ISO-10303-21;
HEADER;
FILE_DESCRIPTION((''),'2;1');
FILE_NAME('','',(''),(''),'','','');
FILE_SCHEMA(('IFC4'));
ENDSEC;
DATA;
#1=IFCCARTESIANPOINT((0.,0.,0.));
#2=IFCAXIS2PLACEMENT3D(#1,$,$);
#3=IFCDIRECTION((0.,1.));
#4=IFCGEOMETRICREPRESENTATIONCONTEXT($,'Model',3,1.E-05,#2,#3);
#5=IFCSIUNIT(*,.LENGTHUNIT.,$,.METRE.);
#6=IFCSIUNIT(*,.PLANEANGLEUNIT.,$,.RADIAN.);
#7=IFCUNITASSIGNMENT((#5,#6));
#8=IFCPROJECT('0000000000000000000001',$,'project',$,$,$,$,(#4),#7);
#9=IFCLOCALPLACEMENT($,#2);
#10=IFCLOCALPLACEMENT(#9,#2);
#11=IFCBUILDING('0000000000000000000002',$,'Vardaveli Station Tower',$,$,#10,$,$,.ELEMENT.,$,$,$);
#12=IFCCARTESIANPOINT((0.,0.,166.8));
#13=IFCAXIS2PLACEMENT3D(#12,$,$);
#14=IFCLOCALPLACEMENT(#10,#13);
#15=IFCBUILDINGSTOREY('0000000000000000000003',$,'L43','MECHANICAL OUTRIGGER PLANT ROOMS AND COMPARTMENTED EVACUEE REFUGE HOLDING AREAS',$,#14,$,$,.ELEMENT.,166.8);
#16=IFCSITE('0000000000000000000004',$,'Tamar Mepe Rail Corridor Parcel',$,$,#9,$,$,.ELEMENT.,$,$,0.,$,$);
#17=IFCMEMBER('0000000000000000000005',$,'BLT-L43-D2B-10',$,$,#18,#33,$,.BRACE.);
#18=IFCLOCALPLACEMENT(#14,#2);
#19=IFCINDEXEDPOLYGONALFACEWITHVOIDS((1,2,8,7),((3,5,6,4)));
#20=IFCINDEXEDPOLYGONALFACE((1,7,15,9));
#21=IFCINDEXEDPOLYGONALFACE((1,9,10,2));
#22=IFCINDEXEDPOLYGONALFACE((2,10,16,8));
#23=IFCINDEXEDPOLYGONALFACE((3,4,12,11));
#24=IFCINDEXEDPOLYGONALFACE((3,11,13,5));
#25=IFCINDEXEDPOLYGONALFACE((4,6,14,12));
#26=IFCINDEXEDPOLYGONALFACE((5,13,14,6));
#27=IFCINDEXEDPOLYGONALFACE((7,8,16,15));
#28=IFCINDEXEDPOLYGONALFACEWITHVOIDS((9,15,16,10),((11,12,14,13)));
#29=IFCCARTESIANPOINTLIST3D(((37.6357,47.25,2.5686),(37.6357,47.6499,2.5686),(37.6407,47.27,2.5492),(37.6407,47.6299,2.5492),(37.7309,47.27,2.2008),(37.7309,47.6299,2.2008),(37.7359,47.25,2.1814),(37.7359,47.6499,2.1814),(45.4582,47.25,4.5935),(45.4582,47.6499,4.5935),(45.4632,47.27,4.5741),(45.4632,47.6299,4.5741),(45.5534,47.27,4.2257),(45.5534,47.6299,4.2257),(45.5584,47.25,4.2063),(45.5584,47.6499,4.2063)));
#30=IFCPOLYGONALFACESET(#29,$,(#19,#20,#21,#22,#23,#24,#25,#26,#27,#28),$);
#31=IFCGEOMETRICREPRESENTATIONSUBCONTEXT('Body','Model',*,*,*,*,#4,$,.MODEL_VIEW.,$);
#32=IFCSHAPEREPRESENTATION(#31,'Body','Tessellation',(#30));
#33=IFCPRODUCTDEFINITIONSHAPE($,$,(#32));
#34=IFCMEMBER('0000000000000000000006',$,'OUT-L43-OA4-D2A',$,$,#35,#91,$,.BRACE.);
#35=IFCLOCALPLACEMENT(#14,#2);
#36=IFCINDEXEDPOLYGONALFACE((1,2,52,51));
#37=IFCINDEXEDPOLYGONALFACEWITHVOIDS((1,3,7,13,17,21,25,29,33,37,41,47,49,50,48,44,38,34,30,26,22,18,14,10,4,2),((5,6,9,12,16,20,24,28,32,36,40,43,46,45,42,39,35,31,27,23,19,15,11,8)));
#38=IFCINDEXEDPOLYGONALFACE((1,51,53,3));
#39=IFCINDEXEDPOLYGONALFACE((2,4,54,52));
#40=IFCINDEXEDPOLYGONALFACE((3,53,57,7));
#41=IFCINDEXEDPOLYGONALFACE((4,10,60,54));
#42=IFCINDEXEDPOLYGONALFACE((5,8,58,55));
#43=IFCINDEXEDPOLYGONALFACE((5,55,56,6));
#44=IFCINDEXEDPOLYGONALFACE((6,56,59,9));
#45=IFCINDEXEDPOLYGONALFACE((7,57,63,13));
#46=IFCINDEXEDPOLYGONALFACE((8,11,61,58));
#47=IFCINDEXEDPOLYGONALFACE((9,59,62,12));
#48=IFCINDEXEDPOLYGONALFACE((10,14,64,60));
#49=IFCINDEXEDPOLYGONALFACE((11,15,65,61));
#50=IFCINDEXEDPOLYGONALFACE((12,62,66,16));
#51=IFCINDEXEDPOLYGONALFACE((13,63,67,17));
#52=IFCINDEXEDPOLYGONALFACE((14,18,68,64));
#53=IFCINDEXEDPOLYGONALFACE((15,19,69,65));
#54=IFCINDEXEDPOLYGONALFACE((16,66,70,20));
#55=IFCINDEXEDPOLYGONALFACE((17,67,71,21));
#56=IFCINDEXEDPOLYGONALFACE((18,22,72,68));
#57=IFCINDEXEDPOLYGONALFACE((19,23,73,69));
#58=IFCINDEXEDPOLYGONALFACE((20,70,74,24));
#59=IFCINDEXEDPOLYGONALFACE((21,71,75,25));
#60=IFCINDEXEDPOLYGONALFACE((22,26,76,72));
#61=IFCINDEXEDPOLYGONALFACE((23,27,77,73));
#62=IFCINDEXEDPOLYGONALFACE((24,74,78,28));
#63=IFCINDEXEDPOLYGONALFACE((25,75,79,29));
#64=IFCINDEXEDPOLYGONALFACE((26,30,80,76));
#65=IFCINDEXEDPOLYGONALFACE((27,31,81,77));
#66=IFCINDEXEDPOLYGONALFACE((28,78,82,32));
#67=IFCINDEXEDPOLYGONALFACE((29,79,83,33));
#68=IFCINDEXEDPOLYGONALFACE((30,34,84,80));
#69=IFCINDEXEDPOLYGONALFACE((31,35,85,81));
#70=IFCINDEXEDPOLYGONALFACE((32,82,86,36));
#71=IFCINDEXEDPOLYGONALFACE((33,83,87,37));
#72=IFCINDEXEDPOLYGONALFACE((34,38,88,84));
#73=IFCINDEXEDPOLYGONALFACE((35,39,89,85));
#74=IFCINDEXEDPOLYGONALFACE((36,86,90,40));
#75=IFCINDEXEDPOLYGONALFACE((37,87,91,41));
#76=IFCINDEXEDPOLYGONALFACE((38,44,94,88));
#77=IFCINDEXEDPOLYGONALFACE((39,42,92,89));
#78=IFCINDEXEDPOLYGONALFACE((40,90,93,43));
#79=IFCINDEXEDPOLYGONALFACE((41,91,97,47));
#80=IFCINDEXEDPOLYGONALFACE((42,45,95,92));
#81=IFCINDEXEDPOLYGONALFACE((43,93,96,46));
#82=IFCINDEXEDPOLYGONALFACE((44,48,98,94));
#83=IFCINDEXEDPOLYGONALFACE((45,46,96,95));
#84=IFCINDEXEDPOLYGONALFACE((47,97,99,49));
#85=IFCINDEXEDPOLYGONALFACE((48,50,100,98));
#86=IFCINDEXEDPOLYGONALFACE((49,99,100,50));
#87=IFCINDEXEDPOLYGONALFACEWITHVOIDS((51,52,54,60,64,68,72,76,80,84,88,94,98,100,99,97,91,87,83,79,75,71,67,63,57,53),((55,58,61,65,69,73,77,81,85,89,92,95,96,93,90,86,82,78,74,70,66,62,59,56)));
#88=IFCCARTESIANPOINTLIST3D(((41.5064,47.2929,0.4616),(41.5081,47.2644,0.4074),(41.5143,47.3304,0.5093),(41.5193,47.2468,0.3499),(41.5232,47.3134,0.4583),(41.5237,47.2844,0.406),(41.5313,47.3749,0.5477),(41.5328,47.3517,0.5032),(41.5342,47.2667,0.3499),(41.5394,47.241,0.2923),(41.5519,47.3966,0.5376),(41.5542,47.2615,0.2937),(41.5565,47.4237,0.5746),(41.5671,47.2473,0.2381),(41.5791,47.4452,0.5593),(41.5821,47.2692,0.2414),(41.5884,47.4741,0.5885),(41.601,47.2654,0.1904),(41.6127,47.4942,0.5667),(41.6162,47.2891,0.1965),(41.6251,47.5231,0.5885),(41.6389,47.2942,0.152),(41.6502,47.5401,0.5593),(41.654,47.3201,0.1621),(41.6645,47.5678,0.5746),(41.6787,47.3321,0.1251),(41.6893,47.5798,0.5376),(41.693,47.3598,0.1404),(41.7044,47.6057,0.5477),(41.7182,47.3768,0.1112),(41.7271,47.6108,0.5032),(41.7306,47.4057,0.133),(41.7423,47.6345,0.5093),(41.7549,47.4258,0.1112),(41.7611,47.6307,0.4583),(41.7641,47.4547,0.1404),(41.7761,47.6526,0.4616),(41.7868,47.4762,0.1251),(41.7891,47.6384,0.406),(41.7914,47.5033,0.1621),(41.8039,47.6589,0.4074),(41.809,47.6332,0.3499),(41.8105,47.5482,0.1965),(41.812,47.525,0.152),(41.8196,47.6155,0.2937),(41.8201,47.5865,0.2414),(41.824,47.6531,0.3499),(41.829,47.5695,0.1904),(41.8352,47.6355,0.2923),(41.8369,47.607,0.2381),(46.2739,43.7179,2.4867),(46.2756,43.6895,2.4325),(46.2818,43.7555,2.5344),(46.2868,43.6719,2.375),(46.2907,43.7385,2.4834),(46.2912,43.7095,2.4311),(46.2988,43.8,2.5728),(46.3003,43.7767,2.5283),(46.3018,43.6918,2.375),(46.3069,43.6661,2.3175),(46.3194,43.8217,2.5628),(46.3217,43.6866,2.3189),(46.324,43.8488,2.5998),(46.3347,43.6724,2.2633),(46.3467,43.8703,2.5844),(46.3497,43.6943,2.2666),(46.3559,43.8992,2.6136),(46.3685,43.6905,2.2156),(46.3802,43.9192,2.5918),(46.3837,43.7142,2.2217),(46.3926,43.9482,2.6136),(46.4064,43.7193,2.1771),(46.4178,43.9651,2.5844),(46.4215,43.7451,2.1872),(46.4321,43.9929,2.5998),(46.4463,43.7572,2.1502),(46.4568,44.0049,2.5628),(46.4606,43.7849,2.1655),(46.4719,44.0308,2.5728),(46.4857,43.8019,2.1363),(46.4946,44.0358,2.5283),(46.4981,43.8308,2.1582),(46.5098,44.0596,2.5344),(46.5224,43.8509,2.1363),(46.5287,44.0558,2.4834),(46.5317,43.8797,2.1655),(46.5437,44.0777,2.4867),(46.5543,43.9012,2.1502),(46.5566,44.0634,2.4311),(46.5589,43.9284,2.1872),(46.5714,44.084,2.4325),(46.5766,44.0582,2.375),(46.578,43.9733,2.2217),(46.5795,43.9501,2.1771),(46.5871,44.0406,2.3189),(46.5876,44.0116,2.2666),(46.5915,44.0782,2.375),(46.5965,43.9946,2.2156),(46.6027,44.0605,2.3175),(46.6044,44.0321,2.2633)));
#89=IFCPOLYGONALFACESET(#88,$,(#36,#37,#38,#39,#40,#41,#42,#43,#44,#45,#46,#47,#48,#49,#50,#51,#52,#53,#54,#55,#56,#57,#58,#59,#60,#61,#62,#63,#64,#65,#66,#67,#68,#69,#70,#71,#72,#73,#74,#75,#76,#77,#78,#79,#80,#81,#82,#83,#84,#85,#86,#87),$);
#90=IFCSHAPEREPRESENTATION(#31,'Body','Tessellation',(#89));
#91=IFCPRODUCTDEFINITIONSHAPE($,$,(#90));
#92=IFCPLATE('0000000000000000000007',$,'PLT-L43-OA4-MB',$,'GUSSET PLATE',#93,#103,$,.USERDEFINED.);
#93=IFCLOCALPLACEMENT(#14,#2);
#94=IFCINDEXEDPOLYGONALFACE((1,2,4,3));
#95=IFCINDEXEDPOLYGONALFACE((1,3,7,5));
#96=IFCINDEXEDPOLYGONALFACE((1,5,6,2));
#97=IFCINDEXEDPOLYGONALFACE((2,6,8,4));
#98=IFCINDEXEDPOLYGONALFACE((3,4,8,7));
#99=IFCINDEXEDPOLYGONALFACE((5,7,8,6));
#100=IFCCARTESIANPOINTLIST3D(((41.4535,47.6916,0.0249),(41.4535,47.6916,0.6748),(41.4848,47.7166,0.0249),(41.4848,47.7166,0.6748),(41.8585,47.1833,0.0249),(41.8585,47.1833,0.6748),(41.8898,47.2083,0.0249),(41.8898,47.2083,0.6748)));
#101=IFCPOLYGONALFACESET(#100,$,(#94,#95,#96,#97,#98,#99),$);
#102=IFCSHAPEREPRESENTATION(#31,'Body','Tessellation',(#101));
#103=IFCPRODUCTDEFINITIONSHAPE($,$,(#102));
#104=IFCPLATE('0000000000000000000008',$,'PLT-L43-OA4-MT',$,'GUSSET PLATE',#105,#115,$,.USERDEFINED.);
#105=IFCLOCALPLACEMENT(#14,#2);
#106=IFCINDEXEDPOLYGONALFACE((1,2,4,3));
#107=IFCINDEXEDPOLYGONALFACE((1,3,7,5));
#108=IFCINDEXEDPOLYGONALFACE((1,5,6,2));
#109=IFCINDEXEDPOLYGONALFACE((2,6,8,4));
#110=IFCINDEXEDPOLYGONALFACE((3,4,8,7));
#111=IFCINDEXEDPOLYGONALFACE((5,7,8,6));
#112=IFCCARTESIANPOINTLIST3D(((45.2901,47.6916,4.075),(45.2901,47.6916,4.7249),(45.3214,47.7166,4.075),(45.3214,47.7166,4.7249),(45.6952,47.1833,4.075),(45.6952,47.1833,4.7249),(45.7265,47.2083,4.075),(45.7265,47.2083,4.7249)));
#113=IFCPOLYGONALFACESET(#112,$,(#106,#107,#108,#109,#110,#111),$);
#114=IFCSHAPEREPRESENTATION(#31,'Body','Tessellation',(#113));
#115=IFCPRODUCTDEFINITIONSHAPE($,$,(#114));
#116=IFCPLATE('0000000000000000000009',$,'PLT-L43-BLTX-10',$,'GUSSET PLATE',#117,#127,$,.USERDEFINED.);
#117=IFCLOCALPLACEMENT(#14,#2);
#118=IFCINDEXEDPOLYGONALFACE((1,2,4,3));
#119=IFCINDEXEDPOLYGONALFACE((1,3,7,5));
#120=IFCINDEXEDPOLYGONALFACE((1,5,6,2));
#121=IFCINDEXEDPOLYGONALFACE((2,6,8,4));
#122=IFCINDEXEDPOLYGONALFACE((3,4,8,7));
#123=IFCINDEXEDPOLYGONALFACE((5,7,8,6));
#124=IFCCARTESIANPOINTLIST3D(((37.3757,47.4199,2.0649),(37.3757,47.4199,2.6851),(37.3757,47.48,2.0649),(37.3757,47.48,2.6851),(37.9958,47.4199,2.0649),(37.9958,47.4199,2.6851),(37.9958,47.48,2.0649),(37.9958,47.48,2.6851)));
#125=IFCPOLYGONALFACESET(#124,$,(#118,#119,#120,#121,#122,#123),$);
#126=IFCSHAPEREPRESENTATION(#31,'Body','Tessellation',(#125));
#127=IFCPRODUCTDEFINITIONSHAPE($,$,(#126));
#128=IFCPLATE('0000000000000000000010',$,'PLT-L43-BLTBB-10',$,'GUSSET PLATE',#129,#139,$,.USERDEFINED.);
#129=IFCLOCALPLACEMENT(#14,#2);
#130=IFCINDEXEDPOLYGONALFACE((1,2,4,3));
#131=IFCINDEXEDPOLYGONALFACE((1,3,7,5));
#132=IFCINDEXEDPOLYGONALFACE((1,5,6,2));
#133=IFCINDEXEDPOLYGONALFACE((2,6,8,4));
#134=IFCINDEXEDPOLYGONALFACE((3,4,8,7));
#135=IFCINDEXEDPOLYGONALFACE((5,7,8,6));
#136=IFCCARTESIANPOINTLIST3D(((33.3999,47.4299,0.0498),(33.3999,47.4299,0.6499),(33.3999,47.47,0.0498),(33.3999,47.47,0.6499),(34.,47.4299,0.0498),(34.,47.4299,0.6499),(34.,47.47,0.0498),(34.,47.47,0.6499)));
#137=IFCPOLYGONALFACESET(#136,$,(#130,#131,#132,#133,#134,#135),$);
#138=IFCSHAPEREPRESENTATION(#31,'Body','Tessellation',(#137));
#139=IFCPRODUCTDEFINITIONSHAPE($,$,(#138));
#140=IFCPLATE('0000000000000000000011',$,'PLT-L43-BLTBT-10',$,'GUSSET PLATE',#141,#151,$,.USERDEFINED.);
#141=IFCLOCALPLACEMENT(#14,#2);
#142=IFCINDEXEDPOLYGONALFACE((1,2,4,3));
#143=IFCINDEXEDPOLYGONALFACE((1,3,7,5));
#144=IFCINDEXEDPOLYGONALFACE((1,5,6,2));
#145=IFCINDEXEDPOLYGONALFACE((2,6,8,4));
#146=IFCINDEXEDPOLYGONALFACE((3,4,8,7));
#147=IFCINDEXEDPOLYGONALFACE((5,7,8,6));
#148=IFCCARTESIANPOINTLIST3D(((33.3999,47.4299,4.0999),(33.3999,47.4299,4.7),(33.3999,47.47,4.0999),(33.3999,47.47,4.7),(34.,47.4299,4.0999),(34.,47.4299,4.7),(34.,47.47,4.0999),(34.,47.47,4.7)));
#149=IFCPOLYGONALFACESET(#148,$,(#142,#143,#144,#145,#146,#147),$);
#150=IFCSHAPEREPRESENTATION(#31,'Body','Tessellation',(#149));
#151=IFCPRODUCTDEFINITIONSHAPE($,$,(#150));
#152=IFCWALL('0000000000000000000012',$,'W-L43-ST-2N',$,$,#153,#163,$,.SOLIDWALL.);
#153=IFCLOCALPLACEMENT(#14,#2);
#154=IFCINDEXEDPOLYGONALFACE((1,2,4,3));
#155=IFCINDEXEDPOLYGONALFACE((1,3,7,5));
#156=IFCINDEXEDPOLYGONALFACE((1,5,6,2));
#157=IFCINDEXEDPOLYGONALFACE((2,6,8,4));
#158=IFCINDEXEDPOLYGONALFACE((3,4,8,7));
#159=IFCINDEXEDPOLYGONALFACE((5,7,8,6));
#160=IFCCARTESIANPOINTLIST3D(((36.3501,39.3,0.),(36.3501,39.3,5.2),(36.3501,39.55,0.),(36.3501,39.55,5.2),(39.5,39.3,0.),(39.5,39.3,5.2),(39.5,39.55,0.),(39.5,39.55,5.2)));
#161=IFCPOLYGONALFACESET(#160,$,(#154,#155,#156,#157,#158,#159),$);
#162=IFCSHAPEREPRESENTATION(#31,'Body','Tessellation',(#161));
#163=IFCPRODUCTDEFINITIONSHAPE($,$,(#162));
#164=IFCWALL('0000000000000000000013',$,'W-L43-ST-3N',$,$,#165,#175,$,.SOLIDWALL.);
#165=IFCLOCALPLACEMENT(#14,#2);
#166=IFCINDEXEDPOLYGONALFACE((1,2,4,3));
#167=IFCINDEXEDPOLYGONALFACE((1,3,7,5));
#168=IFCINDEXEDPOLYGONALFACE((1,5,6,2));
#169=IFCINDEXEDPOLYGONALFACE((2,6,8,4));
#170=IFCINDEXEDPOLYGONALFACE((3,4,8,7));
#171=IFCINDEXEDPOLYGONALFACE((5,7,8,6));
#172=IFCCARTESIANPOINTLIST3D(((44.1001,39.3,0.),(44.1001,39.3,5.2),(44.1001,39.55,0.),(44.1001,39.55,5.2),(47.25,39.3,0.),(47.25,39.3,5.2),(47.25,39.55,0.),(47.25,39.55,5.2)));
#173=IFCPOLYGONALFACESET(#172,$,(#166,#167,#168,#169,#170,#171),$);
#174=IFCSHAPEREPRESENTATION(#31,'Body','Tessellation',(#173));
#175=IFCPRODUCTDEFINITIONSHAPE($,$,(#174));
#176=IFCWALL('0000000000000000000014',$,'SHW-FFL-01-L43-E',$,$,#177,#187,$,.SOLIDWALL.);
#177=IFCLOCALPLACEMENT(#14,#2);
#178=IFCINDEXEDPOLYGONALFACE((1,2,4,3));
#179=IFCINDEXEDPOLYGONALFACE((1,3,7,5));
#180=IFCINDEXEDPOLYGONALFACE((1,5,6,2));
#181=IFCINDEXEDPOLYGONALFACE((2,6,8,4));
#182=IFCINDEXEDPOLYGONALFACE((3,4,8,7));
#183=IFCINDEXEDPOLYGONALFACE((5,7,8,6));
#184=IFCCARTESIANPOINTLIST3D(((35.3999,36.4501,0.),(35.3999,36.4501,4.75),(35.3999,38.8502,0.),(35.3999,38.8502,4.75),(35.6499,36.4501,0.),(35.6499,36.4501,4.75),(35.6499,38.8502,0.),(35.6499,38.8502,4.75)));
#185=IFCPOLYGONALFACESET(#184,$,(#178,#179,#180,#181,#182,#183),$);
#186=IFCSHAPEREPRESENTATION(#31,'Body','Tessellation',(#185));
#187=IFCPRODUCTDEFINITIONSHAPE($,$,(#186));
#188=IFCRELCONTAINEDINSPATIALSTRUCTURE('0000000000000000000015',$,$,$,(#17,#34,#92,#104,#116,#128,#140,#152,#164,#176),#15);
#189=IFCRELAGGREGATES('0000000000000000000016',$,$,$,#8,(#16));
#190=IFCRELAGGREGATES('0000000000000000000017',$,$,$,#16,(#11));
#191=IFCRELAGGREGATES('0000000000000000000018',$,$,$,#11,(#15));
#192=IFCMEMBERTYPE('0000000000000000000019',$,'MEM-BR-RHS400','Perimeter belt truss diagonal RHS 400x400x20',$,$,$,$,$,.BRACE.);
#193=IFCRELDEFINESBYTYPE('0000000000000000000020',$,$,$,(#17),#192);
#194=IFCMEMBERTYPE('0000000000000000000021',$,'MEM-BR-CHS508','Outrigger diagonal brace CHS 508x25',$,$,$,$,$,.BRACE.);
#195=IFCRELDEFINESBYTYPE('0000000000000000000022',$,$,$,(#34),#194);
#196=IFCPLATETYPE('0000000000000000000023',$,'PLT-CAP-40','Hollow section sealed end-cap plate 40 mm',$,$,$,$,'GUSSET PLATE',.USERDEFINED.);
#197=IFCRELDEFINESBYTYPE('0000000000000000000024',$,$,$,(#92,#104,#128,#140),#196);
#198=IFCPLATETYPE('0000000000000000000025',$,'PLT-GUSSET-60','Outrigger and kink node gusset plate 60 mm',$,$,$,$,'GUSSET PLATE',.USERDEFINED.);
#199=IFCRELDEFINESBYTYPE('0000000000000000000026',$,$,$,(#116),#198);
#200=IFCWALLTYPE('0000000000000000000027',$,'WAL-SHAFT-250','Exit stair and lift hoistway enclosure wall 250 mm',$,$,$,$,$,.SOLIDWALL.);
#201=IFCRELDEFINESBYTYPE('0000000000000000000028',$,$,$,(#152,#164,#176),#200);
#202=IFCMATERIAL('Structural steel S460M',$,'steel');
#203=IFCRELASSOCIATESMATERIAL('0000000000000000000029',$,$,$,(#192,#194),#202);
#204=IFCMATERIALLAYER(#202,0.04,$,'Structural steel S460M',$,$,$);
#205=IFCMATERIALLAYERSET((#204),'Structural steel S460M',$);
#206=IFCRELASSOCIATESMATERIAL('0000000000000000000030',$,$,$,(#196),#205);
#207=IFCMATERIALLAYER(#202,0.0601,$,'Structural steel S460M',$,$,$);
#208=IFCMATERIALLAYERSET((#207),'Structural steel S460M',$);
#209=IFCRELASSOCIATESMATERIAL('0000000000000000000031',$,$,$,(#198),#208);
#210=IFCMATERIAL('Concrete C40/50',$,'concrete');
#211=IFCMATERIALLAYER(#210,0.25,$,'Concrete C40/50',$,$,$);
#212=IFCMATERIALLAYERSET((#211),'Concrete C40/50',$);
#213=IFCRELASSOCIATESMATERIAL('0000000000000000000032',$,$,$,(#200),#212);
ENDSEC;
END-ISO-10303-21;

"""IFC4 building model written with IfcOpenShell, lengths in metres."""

from ifc_helpers import new_model, si_unit, direction, frame, frame_2d, origin, origin_2d, place, context, subcontext, project, spatial, rectangle, hollow_rectangle, hollow_circle, extrude, source, transform, mapped, material, layer, layer_set, material_profile, profile_set, type_object, element, save


model = new_model("IFC4")

# Units and contexts
model_context = context("Model", 3, precision=1e-05, world=origin(), true_north=direction((0.0, 1.0)))
body_context = subcontext(model_context, "Body", "Model", "MODEL_VIEW")
ifc_project = project(units=[si_unit("LENGTHUNIT", "METRE"), si_unit("PLANEANGLEUNIT", "RADIAN")], contexts=[model_context])

# Site, building, storey
site_placement = place(None, origin())
site = spatial("IfcSite", under=ifc_project, at=site_placement, Name="Tamar Mepe Rail Corridor Parcel", CompositionType="ELEMENT", RefElevation=0.0)
building_placement = place(site_placement, origin())
building = spatial("IfcBuilding", under=site, at=building_placement, Name="Vardaveli Station Tower", CompositionType="ELEMENT")
storey_placement = place(building_placement, frame((0.0, 0.0, 166.8)))
storey = spatial("IfcBuildingStorey", under=building, at=storey_placement, Name="L43", Description="MECHANICAL OUTRIGGER PLANT ROOMS AND COMPARTMENTED EVACUEE REFUGE HOLDING AREAS", CompositionType="ELEMENT", Elevation=166.8)

# Shared definitions
ifc_material_1 = material(Name="Structural steel S460M", Category="steel")

# Members
ifc_material_profile_1 = material_profile(ifc_material_1, hollow_rectangle(XDim=0.3999, YDim=0.3999, WallThickness=0.02, at=origin_2d()), Name="RHS 400x400x20")
ifc_profile_set_1 = profile_set([ifc_material_profile_1], Name="Structural steel S460M")
member_type_1 = type_object("IfcMemberType", Name="MEM-BR-RHS400", Description="Perimeter belt truss diagonal RHS 400x400x20", PredefinedType="BRACE", material=ifc_profile_set_1)
shared_shape_1 = source(origin(), body_context, "Body", "SweptSolid", [
    extrude(hollow_rectangle(XDim=0.3999, YDim=0.3999, WallThickness=0.02, at=origin_2d()), origin(), (0.0, 0.0, 1.0), 8.0803),
])
member_1_placement = place(storey_placement, frame((37.6858, 47.45, 2.375), z_axis=(0.968092, 0.0, 0.250596), x_axis=(0.0, 1.0, 0.0)))
element("IfcMember", 1, at=member_1_placement, inside=storey, type_object=member_type_1, Name="BLT-L43-D2B-10", PredefinedType="BRACE", context=body_context, shape_type="MappedRepresentation", body=[
    mapped(shared_shape_1, transform((0.0, 0.0, 0.0), scale=1.0)),
])
ifc_material_profile_2 = material_profile(ifc_material_1, hollow_circle(Radius=0.2539, WallThickness=0.0249, at=origin_2d()), Name="CHS 508x25")
ifc_profile_set_2 = profile_set([ifc_material_profile_2], Name="Structural steel S460M")
member_type_2 = type_object("IfcMemberType", Name="MEM-BR-CHS508", Description="Outrigger diagonal brace CHS 508x25", PredefinedType="BRACE", material=ifc_profile_set_2)
shared_shape_2 = source(origin(), body_context, "Body", "SweptSolid", [
    extrude(hollow_circle(Radius=0.2539, WallThickness=0.0249, at=origin_2d()), origin(), (0.0, 0.0, 1.0), 6.2937),
])
member_2_placement = place(storey_placement, frame((41.6716, 47.45, 0.3499), z_axis=(0.75751, -0.568016, 0.321771), x_axis=(0.599921, 0.800059, 0.0)))
element("IfcMember", 2, at=member_2_placement, inside=storey, type_object=member_type_2, Name="OUT-L43-OA4-D2A", PredefinedType="BRACE", context=body_context, shape_type="MappedRepresentation", body=[
    mapped(shared_shape_2, transform((0.0, 0.0, 0.0), scale=1.0)),
])

# Plates
ifc_layer_1 = layer(ifc_material_1, 0.04, Name="Structural steel S460M")
ifc_layer_set_1 = layer_set([ifc_layer_1], Name="Structural steel S460M")
plate_type_1 = type_object("IfcPlateType", Name="PLT-CAP-40", Description="Hollow section sealed end-cap plate 40 mm", ElementType="GUSSET PLATE", PredefinedType="USERDEFINED", material=ifc_layer_set_1)
shared_shape_3 = source(origin(), body_context, "Body", "SweptSolid", [
    extrude(rectangle(XDim=0.6499, YDim=0.04, at=origin_2d()), origin(), (0.0, 0.0, 1.0), 0.6499),
])
for number, where, z_axis, x_axis, name in (
    (3, (41.6716, 47.45, 0.0249), (0.0, 0.0, 1.0), (-0.623197, 0.782065, 0.0), "PLT-L43-OA4-MB"),
    (4, (45.5083, 47.45, 4.075), (0.0, 0.0, 1.0), (-0.623197, 0.782065, 0.0), "PLT-L43-OA4-MT"),
):
    element("IfcPlate", number, at=place(storey_placement, frame(where, z_axis=z_axis, x_axis=x_axis)), inside=storey, type_object=plate_type_1, Name=name, ObjectType="GUSSET PLATE", PredefinedType="USERDEFINED", context=body_context, shape_type="MappedRepresentation", body=[
        mapped(shared_shape_3, transform((0.0, 0.0, 0.0), scale=1.0)),
    ])
ifc_layer_2 = layer(ifc_material_1, 0.0601, Name="Structural steel S460M")
ifc_layer_set_2 = layer_set([ifc_layer_2], Name="Structural steel S460M")
plate_type_2 = type_object("IfcPlateType", Name="PLT-GUSSET-60", Description="Outrigger and kink node gusset plate 60 mm", ElementType="GUSSET PLATE", PredefinedType="USERDEFINED", material=ifc_layer_set_2)
shared_shape_4 = source(origin(), body_context, "Body", "SweptSolid", [
    extrude(rectangle(XDim=0.6201, YDim=0.0601, at=origin_2d()), origin(), (0.0, 0.0, 1.0), 0.6201),
])
plate_placement = place(storey_placement, frame((37.6858, 47.45, 2.0649), z_axis=(0.0, 0.0, 1.0), x_axis=(-1.0, 0.0, 0.0)))
element("IfcPlate", 5, at=plate_placement, inside=storey, type_object=plate_type_2, Name="PLT-L43-BLTX-10", ObjectType="GUSSET PLATE", PredefinedType="USERDEFINED", context=body_context, shape_type="MappedRepresentation", body=[
    mapped(shared_shape_4, transform((0.0, 0.0, 0.0), scale=1.0)),
])
shared_shape_5 = source(origin(), body_context, "Body", "SweptSolid", [
    extrude(rectangle(XDim=0.6001, YDim=0.04, at=origin_2d()), origin(), (0.0, 0.0, 1.0), 0.6001),
])
for number, where, z_axis, x_axis, name in (
    (6, (33.7, 47.45, 0.0498), (0.0, 0.0, 1.0), (-1.0, 0.0, 0.0), "PLT-L43-BLTBB-10"),
    (7, (33.7, 47.45, 4.0999), (0.0, 0.0, 1.0), (-1.0, 0.0, 0.0), "PLT-L43-BLTBT-10"),
):
    element("IfcPlate", number, at=place(storey_placement, frame(where, z_axis=z_axis, x_axis=x_axis)), inside=storey, type_object=plate_type_1, Name=name, ObjectType="GUSSET PLATE", PredefinedType="USERDEFINED", context=body_context, shape_type="MappedRepresentation", body=[
        mapped(shared_shape_5, transform((0.0, 0.0, 0.0), scale=1.0)),
    ])

# Walls
ifc_material_2 = material(Name="Concrete C40/50", Category="concrete")
ifc_layer_3 = layer(ifc_material_2, 0.25, Name="Concrete C40/50")
ifc_layer_set_3 = layer_set([ifc_layer_3], Name="Concrete C40/50")
wall_type_1 = type_object("IfcWallType", Name="WAL-SHAFT-250", Description="Exit stair and lift hoistway enclosure wall 250 mm", PredefinedType="SOLIDWALL", material=ifc_layer_set_3)
shared_shape_6 = source(origin(), body_context, "Body", "SweptSolid", [
    extrude(rectangle(XDim=3.1499, YDim=0.25, at=frame_2d((1.575, 0.0))), origin(), (0.0, 0.0, 1.0), 5.2),
])
for number, where, z_axis, x_axis, name in (
    (8, (36.3501, 39.425, 0.0), (0.0, 0.0, 1.0), (1.0, 0.0, 0.0), "W-L43-ST-2N"),
    (9, (44.1001, 39.425, 0.0), (0.0, 0.0, 1.0), (1.0, 0.0, 0.0), "W-L43-ST-3N"),
):
    element("IfcWall", number, at=place(storey_placement, frame(where, z_axis=z_axis, x_axis=x_axis)), inside=storey, type_object=wall_type_1, Name=name, PredefinedType="SOLIDWALL", context=body_context, shape_type="MappedRepresentation", body=[
        mapped(shared_shape_6, transform((0.0, 0.0, 0.0), scale=1.0)),
    ])
shared_shape_7 = source(origin(), body_context, "Body", "SweptSolid", [
    extrude(rectangle(XDim=2.4001, YDim=0.25, at=frame_2d((1.2002, 0.0))), origin(), (0.0, 0.0, 1.0), 4.75),
])
for number, where, z_axis, x_axis, name in (
    (10, (35.5249, 36.45, 0.0), (0.0, 0.0, 1.0), (0.0, 1.0, 0.0), "SHW-FFL-01-L43-E"),
):
    element("IfcWall", number, at=place(storey_placement, frame(where, z_axis=z_axis, x_axis=x_axis)), inside=storey, type_object=wall_type_1, Name=name, PredefinedType="SOLIDWALL", context=body_context, shape_type="MappedRepresentation", body=[
        mapped(shared_shape_7, transform((0.0, 0.0, 0.0), scale=1.0)),
    ])

save(model, "model.ifc")
